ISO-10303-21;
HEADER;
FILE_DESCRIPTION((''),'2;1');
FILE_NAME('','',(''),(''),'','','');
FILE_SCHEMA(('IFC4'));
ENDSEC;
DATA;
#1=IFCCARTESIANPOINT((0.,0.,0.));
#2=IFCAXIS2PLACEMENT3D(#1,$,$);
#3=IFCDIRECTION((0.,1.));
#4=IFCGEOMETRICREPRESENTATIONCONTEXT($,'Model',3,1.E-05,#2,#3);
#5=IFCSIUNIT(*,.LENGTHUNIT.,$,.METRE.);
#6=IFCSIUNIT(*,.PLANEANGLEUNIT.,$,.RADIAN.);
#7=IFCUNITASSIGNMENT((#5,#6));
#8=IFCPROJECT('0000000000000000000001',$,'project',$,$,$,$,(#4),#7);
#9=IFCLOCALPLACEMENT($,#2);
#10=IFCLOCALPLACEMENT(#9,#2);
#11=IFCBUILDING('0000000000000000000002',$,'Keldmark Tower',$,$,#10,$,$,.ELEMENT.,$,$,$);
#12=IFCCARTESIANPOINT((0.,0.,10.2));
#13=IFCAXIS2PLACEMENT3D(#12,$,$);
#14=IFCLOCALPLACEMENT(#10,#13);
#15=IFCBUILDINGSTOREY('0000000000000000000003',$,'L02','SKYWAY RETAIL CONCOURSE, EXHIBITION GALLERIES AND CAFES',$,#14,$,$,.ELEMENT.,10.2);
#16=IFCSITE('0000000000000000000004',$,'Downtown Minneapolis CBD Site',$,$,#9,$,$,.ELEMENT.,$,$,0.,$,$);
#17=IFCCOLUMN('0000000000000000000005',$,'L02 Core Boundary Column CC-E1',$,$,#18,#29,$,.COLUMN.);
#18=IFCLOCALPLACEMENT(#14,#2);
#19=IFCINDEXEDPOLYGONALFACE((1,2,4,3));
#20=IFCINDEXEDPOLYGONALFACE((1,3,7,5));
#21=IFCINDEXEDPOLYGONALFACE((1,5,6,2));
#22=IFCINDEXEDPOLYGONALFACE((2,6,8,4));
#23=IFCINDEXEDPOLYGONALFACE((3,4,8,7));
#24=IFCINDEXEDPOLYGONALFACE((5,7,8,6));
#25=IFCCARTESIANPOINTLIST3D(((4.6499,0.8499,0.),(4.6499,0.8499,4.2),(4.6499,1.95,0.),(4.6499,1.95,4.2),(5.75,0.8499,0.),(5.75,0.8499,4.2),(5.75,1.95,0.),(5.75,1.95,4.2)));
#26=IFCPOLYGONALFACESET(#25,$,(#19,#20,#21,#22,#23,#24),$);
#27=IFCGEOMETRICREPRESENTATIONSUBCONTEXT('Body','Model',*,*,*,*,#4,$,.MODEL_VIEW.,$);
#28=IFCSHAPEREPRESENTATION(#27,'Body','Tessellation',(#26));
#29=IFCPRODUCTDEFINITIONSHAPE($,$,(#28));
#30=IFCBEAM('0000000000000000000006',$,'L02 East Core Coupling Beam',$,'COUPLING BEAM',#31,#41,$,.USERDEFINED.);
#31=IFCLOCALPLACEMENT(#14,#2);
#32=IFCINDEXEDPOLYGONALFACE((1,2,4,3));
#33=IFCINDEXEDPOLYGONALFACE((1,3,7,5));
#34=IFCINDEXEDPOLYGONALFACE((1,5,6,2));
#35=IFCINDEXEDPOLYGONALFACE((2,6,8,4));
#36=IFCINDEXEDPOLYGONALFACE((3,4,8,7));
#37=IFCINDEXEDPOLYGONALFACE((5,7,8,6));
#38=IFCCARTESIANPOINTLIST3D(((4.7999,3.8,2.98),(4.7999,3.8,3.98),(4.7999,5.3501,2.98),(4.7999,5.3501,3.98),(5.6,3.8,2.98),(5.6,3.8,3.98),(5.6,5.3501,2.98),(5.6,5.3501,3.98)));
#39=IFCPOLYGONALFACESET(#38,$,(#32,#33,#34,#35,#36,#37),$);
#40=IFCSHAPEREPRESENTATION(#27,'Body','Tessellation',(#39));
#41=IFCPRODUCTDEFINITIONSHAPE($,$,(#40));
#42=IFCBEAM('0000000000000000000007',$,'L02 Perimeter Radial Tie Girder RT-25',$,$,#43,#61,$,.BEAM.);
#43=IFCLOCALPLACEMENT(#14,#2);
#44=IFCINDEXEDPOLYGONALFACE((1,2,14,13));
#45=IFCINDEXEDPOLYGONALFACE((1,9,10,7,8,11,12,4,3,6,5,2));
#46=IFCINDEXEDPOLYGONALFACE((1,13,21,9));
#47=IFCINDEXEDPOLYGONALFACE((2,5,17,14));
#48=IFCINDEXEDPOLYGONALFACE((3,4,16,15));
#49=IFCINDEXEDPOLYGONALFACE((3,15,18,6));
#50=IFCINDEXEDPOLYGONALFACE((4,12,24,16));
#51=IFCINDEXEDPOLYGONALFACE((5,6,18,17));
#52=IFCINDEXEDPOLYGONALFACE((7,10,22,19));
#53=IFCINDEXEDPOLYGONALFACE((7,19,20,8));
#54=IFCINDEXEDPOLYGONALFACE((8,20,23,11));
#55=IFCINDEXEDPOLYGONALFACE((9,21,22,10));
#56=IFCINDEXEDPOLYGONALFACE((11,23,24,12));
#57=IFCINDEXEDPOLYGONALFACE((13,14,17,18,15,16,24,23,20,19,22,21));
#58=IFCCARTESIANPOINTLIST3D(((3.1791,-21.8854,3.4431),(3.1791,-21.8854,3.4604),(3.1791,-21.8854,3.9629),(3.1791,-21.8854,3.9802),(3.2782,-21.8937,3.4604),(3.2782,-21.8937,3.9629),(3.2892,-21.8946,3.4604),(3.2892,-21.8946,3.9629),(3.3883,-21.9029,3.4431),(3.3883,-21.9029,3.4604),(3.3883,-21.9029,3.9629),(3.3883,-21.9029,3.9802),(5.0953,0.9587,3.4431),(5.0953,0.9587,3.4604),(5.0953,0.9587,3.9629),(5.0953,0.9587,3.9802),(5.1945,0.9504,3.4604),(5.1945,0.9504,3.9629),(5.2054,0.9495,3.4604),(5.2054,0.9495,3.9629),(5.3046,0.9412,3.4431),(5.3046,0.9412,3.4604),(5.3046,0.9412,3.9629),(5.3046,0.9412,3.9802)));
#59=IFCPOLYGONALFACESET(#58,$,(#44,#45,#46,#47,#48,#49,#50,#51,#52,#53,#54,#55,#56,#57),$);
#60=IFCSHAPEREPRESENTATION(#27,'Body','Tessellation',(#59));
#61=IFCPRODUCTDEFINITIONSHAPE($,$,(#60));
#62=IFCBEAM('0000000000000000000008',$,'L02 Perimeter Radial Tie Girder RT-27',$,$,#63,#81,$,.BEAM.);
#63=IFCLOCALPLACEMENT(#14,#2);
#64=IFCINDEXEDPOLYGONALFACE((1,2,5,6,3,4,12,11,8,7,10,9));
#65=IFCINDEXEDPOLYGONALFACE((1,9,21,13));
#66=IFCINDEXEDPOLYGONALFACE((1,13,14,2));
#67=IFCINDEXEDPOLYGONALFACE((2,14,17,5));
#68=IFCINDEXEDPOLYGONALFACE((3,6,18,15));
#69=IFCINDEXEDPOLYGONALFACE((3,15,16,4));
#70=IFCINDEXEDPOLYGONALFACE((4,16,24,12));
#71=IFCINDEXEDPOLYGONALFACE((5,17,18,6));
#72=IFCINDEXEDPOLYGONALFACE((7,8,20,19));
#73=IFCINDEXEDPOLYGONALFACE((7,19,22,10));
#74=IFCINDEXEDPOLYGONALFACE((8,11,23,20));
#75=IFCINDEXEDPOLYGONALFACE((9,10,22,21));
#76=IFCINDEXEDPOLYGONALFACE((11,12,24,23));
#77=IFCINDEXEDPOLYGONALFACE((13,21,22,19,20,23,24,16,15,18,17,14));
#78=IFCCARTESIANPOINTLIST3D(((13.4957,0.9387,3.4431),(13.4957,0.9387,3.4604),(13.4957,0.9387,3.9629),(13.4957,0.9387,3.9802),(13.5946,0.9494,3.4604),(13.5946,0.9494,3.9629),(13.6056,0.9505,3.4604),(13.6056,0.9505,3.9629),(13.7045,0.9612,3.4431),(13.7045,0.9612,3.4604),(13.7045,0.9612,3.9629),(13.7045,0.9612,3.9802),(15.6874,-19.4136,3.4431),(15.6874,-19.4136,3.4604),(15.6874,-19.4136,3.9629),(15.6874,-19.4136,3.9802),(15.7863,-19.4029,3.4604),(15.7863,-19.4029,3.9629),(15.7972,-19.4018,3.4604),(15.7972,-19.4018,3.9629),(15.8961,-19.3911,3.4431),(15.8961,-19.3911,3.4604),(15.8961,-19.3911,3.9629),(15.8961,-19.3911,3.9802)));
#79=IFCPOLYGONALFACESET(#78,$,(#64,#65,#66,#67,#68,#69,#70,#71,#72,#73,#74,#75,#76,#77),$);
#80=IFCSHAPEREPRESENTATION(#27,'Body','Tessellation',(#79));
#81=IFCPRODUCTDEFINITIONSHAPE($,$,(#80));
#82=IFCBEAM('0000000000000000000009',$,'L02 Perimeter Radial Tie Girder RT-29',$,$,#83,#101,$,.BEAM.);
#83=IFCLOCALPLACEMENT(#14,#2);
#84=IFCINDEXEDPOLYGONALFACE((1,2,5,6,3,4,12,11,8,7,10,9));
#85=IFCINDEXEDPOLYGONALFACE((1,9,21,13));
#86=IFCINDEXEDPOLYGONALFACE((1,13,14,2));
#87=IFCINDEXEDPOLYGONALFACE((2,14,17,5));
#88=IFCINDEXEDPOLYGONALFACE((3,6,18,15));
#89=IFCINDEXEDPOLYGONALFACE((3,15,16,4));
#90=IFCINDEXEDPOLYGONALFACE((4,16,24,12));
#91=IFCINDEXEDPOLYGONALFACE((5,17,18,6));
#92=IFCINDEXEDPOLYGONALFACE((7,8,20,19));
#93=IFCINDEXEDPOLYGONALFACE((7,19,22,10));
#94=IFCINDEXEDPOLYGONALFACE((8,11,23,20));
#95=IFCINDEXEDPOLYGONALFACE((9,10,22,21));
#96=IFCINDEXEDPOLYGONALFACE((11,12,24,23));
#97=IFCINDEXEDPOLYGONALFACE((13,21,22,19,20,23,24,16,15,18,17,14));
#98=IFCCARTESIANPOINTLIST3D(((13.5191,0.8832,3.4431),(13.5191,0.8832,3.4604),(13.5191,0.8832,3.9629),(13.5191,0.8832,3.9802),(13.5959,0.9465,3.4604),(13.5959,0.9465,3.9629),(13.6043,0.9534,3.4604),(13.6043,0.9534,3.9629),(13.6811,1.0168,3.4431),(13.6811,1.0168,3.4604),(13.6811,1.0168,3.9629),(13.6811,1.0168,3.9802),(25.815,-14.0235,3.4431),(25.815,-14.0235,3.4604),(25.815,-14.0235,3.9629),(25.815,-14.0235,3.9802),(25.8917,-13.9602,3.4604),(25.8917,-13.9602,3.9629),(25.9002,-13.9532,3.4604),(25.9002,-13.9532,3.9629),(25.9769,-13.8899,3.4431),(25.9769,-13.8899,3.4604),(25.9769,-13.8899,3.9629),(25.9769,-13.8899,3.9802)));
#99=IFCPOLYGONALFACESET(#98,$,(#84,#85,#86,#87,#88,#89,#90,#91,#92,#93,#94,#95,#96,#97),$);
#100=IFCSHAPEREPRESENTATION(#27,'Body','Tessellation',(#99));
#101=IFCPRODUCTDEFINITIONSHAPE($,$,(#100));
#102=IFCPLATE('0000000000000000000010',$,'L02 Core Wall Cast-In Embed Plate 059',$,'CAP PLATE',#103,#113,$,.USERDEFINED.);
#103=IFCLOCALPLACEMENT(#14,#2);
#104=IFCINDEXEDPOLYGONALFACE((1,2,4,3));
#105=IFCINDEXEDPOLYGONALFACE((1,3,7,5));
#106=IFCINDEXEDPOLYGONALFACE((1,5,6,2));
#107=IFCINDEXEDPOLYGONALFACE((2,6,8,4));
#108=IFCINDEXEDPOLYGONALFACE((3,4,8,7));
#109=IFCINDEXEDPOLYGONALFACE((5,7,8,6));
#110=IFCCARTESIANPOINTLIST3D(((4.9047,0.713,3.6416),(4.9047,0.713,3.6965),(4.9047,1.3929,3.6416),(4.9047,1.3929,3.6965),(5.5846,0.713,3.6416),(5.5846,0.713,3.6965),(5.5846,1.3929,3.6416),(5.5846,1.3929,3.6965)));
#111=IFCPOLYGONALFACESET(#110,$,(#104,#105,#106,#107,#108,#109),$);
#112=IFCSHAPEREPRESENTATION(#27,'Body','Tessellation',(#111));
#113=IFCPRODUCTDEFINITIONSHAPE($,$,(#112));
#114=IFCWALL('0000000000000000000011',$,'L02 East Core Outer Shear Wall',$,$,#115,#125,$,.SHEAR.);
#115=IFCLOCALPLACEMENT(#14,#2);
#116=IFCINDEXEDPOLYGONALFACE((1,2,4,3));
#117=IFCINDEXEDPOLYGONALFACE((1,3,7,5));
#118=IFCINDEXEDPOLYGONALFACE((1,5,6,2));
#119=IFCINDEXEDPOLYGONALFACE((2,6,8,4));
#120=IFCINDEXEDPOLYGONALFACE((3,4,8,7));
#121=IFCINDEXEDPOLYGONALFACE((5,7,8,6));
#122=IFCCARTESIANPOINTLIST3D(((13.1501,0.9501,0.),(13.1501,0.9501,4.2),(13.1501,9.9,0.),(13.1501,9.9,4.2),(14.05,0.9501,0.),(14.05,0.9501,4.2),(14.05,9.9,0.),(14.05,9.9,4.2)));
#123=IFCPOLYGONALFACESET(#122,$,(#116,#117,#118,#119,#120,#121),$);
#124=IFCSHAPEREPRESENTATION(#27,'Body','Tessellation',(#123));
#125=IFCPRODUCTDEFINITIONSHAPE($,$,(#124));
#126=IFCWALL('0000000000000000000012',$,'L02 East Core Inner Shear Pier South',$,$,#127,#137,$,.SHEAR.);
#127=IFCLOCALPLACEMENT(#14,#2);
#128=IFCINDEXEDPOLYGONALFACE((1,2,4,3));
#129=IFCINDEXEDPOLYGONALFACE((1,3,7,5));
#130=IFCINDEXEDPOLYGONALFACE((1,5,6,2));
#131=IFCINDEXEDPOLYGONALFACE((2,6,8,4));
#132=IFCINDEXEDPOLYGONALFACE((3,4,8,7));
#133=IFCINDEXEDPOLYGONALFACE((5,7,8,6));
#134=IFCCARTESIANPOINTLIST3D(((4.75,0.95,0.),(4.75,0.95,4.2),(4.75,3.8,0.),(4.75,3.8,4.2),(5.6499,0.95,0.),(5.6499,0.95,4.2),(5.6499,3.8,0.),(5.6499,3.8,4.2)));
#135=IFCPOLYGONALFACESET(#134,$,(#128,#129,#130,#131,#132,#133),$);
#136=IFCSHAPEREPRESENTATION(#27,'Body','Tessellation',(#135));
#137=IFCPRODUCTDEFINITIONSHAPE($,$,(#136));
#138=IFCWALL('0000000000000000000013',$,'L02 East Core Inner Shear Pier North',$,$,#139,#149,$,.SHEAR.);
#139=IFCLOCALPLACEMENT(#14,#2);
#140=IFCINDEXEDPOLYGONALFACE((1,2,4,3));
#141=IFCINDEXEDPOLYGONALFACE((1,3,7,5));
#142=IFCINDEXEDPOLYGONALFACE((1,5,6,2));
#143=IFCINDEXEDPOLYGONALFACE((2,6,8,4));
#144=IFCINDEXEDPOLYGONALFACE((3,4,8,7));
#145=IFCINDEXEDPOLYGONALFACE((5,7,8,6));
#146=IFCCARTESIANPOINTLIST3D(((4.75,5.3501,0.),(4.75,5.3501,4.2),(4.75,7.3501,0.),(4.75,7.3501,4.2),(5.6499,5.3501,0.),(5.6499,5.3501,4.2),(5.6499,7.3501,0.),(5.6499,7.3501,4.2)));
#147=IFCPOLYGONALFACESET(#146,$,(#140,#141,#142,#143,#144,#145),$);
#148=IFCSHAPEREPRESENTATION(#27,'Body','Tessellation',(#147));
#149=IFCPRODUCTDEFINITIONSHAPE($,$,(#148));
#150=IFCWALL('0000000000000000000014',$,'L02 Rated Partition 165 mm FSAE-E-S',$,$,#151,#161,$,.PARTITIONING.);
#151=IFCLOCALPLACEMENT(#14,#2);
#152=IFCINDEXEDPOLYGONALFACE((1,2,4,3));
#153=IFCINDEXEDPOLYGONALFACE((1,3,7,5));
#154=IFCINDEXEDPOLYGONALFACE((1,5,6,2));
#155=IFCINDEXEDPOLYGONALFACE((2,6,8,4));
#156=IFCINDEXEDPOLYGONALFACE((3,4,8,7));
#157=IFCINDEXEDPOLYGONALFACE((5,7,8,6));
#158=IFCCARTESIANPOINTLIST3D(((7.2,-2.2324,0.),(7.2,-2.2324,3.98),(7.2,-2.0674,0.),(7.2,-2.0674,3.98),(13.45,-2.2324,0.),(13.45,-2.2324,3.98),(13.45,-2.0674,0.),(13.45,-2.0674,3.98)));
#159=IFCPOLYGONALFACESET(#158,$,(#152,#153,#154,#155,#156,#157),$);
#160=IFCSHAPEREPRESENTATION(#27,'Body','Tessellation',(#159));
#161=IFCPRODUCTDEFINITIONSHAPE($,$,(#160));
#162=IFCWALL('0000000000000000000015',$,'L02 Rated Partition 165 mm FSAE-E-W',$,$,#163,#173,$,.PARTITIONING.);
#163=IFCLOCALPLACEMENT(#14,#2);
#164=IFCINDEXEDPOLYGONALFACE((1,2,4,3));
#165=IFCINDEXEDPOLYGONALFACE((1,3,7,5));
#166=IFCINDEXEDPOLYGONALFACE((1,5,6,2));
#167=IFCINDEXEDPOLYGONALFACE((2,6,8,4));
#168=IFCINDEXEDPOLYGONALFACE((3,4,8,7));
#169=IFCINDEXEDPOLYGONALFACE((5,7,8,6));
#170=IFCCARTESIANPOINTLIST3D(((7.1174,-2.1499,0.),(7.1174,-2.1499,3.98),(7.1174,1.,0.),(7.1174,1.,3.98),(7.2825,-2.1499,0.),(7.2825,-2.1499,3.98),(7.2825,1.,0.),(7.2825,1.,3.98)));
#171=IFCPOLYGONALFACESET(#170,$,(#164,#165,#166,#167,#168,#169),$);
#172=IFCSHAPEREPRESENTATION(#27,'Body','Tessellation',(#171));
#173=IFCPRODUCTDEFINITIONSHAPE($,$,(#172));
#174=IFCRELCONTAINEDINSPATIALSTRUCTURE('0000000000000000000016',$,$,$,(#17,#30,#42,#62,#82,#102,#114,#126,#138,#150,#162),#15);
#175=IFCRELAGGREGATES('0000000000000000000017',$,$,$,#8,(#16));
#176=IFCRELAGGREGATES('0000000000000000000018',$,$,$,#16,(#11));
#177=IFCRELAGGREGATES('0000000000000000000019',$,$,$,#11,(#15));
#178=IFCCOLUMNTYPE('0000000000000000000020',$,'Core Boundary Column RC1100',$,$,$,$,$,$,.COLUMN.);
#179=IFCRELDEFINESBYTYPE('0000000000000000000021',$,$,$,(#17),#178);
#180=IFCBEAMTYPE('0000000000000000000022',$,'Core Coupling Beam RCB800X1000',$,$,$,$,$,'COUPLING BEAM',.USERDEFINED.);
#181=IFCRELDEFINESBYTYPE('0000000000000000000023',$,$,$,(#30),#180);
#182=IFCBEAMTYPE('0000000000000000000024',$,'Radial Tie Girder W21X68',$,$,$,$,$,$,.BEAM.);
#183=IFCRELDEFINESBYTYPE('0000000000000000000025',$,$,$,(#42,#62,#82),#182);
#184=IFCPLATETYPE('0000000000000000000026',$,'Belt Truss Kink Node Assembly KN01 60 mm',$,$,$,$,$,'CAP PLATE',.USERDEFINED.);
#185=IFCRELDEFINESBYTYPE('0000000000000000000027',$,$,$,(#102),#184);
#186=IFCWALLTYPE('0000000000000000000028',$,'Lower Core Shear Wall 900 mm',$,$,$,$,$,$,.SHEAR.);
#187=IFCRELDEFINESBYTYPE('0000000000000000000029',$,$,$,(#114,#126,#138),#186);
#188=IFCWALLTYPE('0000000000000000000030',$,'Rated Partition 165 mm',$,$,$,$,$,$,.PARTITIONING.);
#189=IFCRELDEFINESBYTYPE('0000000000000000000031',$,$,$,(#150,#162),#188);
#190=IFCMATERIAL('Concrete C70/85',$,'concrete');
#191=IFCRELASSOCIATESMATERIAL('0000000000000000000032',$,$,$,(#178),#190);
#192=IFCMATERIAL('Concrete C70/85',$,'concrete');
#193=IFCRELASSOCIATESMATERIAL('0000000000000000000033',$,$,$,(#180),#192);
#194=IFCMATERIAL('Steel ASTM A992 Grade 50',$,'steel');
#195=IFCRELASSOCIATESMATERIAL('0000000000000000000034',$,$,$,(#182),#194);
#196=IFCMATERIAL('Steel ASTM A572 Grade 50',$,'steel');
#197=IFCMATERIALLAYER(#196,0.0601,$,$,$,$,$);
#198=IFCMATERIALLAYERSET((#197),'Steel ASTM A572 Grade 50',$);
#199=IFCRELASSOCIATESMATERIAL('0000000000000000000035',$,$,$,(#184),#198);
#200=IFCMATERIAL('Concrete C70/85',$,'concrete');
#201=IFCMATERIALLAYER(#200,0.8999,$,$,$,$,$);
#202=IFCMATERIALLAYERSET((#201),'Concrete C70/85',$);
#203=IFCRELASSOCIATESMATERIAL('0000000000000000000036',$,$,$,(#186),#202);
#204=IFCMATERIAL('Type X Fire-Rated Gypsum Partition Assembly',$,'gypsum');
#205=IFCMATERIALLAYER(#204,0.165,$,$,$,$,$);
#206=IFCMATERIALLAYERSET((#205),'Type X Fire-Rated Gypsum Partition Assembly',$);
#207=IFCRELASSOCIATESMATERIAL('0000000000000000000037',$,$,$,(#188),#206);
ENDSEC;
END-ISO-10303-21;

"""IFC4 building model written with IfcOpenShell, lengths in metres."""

from ifc_helpers import new_model, si_unit, direction, frame, frame_2d, origin, origin_2d, place, context, subcontext, project, spatial, rectangle, i_section, extrude, material, layer, layer_set, material_profile, profile_set, type_object, element, save


model = new_model("IFC4")

# Units and contexts
model_context = context("Model", 3, precision=1e-05, world=origin(), true_north=direction((0.0, 1.0)))
body_context = subcontext(model_context, "Body", "Model", "MODEL_VIEW")
ifc_project = project(units=[si_unit("LENGTHUNIT", "METRE"), si_unit("PLANEANGLEUNIT", "RADIAN")], contexts=[model_context])

# Site, building, storey
site_placement = place(None, origin())
site = spatial("IfcSite", under=ifc_project, at=site_placement, Name="Downtown Minneapolis CBD Site", CompositionType="ELEMENT", RefElevation=0.0)
building_placement = place(site_placement, origin())
building = spatial("IfcBuilding", under=site, at=building_placement, Name="Keldmark Tower", CompositionType="ELEMENT")
storey_placement = place(building_placement, frame((0.0, 0.0, 10.2)))
storey = spatial("IfcBuildingStorey", under=building, at=storey_placement, Name="L02", Description="SKYWAY RETAIL CONCOURSE, EXHIBITION GALLERIES AND CAFES", CompositionType="ELEMENT", Elevation=10.2)

# Column
ifc_material_1 = material(Name="Concrete C70/85", Category="concrete")
ifc_material_profile_1 = material_profile(ifc_material_1, rectangle(XDim=1.1001, YDim=1.1001, at=origin_2d()), Name="RC1100X1100")
ifc_profile_set_1 = profile_set([ifc_material_profile_1], Name="Concrete C70/85")
column_type = type_object("IfcColumnType", Name="Core Boundary Column RC1100", PredefinedType="COLUMN", material=ifc_profile_set_1)
column_placement = place(storey_placement, frame((5.2, 1.3999, 0.0), z_axis=(0.0, 0.0, 1.0), x_axis=(1.0, 0.0, 0.0)))
element("IfcColumn", 1, at=column_placement, inside=storey, type_object=column_type, Name="L02 Core Boundary Column CC-E1", PredefinedType="COLUMN", context=body_context, shape_type="SweptSolid", body=[
    extrude(rectangle(XDim=1.1001, YDim=1.1001, at=origin_2d()), origin(), (0.0, 0.0, 1.0), 4.2),
])

# Beams
ifc_material_2 = material(Name="Concrete C70/85", Category="concrete")
ifc_material_profile_2 = material_profile(ifc_material_2, rectangle(XDim=0.8, YDim=1.0, at=origin_2d()), Name="RCB800X1000")
ifc_profile_set_2 = profile_set([ifc_material_profile_2], Name="Concrete C70/85")
beam_type_1 = type_object("IfcBeamType", Name="Core Coupling Beam RCB800X1000", ElementType="COUPLING BEAM", PredefinedType="USERDEFINED", material=ifc_profile_set_2)
beam_1_placement = place(storey_placement, frame((5.2, 3.8, 3.48), z_axis=(0.0, 1.0, 0.0), x_axis=(-1.0, 0.0, 0.0)))
element("IfcBeam", 2, at=beam_1_placement, inside=storey, type_object=beam_type_1, Name="L02 East Core Coupling Beam", ObjectType="COUPLING BEAM", PredefinedType="USERDEFINED", context=body_context, shape_type="SweptSolid", body=[
    extrude(rectangle(XDim=0.8, YDim=1.0, at=origin_2d()), origin(), (0.0, 0.0, 1.0), 1.55),
])
ifc_material_3 = material(Name="Steel ASTM A992 Grade 50", Category="steel")
ifc_material_profile_3 = material_profile(ifc_material_3, i_section(OverallWidth=0.21, OverallDepth=0.5371, WebThickness=0.011, FlangeThickness=0.0173, at=origin_2d()), Name="W21X68")
ifc_profile_set_3 = profile_set([ifc_material_profile_3], Name="Steel ASTM A992 Grade 50")
beam_type_2 = type_object("IfcBeamType", Name="Radial Tie Girder W21X68", PredefinedType="BEAM", material=ifc_profile_set_3)
beam_2_placement = place(storey_placement, frame((5.2, 0.95, 3.7117), z_axis=(-0.083591, -0.9965, 0.0), x_axis=(0.9965, -0.083591, 0.0)))
element("IfcBeam", 3, at=beam_2_placement, inside=storey, type_object=beam_type_2, Name="L02 Perimeter Radial Tie Girder RT-25", PredefinedType="BEAM", context=body_context, shape_type="SweptSolid", body=[
    extrude(i_section(OverallWidth=0.21, OverallDepth=0.5371, WebThickness=0.011, FlangeThickness=0.0173, at=origin_2d()), origin(), (0.0, 0.0, 1.0), 22.9243),
])
beam_3_placement = place(storey_placement, frame((13.6001, 0.95, 3.7117), z_axis=(0.107067, -0.994252, 0.0), x_axis=(0.994252, 0.107067, 0.0)))
element("IfcBeam", 4, at=beam_3_placement, inside=storey, type_object=beam_type_2, Name="L02 Perimeter Radial Tie Girder RT-27", PredefinedType="BEAM", context=body_context, shape_type="SweptSolid", body=[
    extrude(i_section(OverallWidth=0.21, OverallDepth=0.5371, WebThickness=0.011, FlangeThickness=0.0173, at=origin_2d()), origin(), (0.0, 0.0, 1.0), 20.47),
])
beam_4_placement = place(storey_placement, frame((13.6001, 0.95, 3.7117), z_axis=(0.636316, -0.771428, 0.0), x_axis=(0.771428, 0.636316, 0.0)))
element("IfcBeam", 5, at=beam_4_placement, inside=storey, type_object=beam_type_2, Name="L02 Perimeter Radial Tie Girder RT-29", PredefinedType="BEAM", context=body_context, shape_type="SweptSolid", body=[
    extrude(i_section(OverallWidth=0.21, OverallDepth=0.5371, WebThickness=0.011, FlangeThickness=0.0173, at=origin_2d()), origin(), (0.0, 0.0, 1.0), 19.3235),
])

# Plate
ifc_material_4 = material(Name="Steel ASTM A572 Grade 50", Category="steel")
ifc_layer_1 = layer(ifc_material_4, 0.0601)
ifc_layer_set_1 = layer_set([ifc_layer_1], Name="Steel ASTM A572 Grade 50")
plate_type = type_object("IfcPlateType", Name="Belt Truss Kink Node Assembly KN01 60 mm", ElementType="CAP PLATE", PredefinedType="USERDEFINED", material=ifc_layer_set_1)
plate_placement = place(storey_placement, frame((5.2446, 1.053, 3.6416), z_axis=(0.0, 0.0, 1.0), x_axis=(1.0, 0.0, 0.0)))
element("IfcPlate", 6, at=plate_placement, inside=storey, type_object=plate_type, Name="L02 Core Wall Cast-In Embed Plate 059", ObjectType="CAP PLATE", PredefinedType="USERDEFINED", context=body_context, shape_type="SweptSolid", body=[
    extrude(rectangle(XDim=0.6799, YDim=0.6799, at=origin_2d()), origin(), (0.0, 0.0, 1.0), 0.0549),
])

# Walls
ifc_material_5 = material(Name="Concrete C70/85", Category="concrete")
ifc_layer_2 = layer(ifc_material_5, 0.8999)
ifc_layer_set_2 = layer_set([ifc_layer_2], Name="Concrete C70/85")
wall_type_1 = type_object("IfcWallType", Name="Lower Core Shear Wall 900 mm", PredefinedType="SHEAR", material=ifc_layer_set_2)
wall_1_placement = place(storey_placement, frame((13.6001, 0.95, 0.0), z_axis=(0.0, 0.0, 1.0), x_axis=(0.0, 1.0, 0.0)))
element("IfcWall", 7, at=wall_1_placement, inside=storey, type_object=wall_type_1, Name="L02 East Core Outer Shear Wall", PredefinedType="SHEAR", context=body_context, shape_type="SweptSolid", body=[
    extrude(rectangle(XDim=8.95, YDim=0.8999, at=frame_2d((4.4751, 0.0))), origin(), (0.0, 0.0, 1.0), 4.2),
])
wall_2_placement = place(storey_placement, frame((5.2, 0.95, 0.0), z_axis=(0.0, 0.0, 1.0), x_axis=(0.0, 1.0, 0.0)))
element("IfcWall", 8, at=wall_2_placement, inside=storey, type_object=wall_type_1, Name="L02 East Core Inner Shear Pier South", PredefinedType="SHEAR", context=body_context, shape_type="SweptSolid", body=[
    extrude(rectangle(XDim=2.8501, YDim=0.8999, at=frame_2d((1.425, 0.0))), origin(), (0.0, 0.0, 1.0), 4.2),
])
wall_3_placement = place(storey_placement, frame((5.2, 5.3501, 0.0), z_axis=(0.0, 0.0, 1.0), x_axis=(0.0, 1.0, 0.0)))
element("IfcWall", 9, at=wall_3_placement, inside=storey, type_object=wall_type_1, Name="L02 East Core Inner Shear Pier North", PredefinedType="SHEAR", context=body_context, shape_type="SweptSolid", body=[
    extrude(rectangle(XDim=2.0, YDim=0.8999, at=frame_2d((1.0, 0.0))), origin(), (0.0, 0.0, 1.0), 4.2),
])
ifc_material_6 = material(Name="Type X Fire-Rated Gypsum Partition Assembly", Category="gypsum")
ifc_layer_3 = layer(ifc_material_6, 0.165)
ifc_layer_set_3 = layer_set([ifc_layer_3], Name="Type X Fire-Rated Gypsum Partition Assembly")
wall_type_2 = type_object("IfcWallType", Name="Rated Partition 165 mm", PredefinedType="PARTITIONING", material=ifc_layer_set_3)
wall_4_placement = place(storey_placement, frame((7.2, -2.1499, 0.0), z_axis=(0.0, 0.0, 1.0), x_axis=(1.0, 0.0, 0.0)))
element("IfcWall", 10, at=wall_4_placement, inside=storey, type_object=wall_type_2, Name="L02 Rated Partition 165 mm FSAE-E-S", PredefinedType="PARTITIONING", context=body_context, shape_type="SweptSolid", body=[
    extrude(rectangle(XDim=6.25, YDim=0.165, at=frame_2d((3.125, 0.0))), origin(), (0.0, 0.0, 1.0), 3.98),
])
wall_5_placement = place(storey_placement, frame((7.2, -2.1499, 0.0), z_axis=(0.0, 0.0, 1.0), x_axis=(0.0, 1.0, 0.0)))
element("IfcWall", 11, at=wall_5_placement, inside=storey, type_object=wall_type_2, Name="L02 Rated Partition 165 mm FSAE-E-W", PredefinedType="PARTITIONING", context=body_context, shape_type="SweptSolid", body=[
    extrude(rectangle(XDim=3.1499, YDim=0.165, at=frame_2d((1.575, 0.0))), origin(), (0.0, 0.0, 1.0), 3.98),
])

save(model, "model.ifc")
